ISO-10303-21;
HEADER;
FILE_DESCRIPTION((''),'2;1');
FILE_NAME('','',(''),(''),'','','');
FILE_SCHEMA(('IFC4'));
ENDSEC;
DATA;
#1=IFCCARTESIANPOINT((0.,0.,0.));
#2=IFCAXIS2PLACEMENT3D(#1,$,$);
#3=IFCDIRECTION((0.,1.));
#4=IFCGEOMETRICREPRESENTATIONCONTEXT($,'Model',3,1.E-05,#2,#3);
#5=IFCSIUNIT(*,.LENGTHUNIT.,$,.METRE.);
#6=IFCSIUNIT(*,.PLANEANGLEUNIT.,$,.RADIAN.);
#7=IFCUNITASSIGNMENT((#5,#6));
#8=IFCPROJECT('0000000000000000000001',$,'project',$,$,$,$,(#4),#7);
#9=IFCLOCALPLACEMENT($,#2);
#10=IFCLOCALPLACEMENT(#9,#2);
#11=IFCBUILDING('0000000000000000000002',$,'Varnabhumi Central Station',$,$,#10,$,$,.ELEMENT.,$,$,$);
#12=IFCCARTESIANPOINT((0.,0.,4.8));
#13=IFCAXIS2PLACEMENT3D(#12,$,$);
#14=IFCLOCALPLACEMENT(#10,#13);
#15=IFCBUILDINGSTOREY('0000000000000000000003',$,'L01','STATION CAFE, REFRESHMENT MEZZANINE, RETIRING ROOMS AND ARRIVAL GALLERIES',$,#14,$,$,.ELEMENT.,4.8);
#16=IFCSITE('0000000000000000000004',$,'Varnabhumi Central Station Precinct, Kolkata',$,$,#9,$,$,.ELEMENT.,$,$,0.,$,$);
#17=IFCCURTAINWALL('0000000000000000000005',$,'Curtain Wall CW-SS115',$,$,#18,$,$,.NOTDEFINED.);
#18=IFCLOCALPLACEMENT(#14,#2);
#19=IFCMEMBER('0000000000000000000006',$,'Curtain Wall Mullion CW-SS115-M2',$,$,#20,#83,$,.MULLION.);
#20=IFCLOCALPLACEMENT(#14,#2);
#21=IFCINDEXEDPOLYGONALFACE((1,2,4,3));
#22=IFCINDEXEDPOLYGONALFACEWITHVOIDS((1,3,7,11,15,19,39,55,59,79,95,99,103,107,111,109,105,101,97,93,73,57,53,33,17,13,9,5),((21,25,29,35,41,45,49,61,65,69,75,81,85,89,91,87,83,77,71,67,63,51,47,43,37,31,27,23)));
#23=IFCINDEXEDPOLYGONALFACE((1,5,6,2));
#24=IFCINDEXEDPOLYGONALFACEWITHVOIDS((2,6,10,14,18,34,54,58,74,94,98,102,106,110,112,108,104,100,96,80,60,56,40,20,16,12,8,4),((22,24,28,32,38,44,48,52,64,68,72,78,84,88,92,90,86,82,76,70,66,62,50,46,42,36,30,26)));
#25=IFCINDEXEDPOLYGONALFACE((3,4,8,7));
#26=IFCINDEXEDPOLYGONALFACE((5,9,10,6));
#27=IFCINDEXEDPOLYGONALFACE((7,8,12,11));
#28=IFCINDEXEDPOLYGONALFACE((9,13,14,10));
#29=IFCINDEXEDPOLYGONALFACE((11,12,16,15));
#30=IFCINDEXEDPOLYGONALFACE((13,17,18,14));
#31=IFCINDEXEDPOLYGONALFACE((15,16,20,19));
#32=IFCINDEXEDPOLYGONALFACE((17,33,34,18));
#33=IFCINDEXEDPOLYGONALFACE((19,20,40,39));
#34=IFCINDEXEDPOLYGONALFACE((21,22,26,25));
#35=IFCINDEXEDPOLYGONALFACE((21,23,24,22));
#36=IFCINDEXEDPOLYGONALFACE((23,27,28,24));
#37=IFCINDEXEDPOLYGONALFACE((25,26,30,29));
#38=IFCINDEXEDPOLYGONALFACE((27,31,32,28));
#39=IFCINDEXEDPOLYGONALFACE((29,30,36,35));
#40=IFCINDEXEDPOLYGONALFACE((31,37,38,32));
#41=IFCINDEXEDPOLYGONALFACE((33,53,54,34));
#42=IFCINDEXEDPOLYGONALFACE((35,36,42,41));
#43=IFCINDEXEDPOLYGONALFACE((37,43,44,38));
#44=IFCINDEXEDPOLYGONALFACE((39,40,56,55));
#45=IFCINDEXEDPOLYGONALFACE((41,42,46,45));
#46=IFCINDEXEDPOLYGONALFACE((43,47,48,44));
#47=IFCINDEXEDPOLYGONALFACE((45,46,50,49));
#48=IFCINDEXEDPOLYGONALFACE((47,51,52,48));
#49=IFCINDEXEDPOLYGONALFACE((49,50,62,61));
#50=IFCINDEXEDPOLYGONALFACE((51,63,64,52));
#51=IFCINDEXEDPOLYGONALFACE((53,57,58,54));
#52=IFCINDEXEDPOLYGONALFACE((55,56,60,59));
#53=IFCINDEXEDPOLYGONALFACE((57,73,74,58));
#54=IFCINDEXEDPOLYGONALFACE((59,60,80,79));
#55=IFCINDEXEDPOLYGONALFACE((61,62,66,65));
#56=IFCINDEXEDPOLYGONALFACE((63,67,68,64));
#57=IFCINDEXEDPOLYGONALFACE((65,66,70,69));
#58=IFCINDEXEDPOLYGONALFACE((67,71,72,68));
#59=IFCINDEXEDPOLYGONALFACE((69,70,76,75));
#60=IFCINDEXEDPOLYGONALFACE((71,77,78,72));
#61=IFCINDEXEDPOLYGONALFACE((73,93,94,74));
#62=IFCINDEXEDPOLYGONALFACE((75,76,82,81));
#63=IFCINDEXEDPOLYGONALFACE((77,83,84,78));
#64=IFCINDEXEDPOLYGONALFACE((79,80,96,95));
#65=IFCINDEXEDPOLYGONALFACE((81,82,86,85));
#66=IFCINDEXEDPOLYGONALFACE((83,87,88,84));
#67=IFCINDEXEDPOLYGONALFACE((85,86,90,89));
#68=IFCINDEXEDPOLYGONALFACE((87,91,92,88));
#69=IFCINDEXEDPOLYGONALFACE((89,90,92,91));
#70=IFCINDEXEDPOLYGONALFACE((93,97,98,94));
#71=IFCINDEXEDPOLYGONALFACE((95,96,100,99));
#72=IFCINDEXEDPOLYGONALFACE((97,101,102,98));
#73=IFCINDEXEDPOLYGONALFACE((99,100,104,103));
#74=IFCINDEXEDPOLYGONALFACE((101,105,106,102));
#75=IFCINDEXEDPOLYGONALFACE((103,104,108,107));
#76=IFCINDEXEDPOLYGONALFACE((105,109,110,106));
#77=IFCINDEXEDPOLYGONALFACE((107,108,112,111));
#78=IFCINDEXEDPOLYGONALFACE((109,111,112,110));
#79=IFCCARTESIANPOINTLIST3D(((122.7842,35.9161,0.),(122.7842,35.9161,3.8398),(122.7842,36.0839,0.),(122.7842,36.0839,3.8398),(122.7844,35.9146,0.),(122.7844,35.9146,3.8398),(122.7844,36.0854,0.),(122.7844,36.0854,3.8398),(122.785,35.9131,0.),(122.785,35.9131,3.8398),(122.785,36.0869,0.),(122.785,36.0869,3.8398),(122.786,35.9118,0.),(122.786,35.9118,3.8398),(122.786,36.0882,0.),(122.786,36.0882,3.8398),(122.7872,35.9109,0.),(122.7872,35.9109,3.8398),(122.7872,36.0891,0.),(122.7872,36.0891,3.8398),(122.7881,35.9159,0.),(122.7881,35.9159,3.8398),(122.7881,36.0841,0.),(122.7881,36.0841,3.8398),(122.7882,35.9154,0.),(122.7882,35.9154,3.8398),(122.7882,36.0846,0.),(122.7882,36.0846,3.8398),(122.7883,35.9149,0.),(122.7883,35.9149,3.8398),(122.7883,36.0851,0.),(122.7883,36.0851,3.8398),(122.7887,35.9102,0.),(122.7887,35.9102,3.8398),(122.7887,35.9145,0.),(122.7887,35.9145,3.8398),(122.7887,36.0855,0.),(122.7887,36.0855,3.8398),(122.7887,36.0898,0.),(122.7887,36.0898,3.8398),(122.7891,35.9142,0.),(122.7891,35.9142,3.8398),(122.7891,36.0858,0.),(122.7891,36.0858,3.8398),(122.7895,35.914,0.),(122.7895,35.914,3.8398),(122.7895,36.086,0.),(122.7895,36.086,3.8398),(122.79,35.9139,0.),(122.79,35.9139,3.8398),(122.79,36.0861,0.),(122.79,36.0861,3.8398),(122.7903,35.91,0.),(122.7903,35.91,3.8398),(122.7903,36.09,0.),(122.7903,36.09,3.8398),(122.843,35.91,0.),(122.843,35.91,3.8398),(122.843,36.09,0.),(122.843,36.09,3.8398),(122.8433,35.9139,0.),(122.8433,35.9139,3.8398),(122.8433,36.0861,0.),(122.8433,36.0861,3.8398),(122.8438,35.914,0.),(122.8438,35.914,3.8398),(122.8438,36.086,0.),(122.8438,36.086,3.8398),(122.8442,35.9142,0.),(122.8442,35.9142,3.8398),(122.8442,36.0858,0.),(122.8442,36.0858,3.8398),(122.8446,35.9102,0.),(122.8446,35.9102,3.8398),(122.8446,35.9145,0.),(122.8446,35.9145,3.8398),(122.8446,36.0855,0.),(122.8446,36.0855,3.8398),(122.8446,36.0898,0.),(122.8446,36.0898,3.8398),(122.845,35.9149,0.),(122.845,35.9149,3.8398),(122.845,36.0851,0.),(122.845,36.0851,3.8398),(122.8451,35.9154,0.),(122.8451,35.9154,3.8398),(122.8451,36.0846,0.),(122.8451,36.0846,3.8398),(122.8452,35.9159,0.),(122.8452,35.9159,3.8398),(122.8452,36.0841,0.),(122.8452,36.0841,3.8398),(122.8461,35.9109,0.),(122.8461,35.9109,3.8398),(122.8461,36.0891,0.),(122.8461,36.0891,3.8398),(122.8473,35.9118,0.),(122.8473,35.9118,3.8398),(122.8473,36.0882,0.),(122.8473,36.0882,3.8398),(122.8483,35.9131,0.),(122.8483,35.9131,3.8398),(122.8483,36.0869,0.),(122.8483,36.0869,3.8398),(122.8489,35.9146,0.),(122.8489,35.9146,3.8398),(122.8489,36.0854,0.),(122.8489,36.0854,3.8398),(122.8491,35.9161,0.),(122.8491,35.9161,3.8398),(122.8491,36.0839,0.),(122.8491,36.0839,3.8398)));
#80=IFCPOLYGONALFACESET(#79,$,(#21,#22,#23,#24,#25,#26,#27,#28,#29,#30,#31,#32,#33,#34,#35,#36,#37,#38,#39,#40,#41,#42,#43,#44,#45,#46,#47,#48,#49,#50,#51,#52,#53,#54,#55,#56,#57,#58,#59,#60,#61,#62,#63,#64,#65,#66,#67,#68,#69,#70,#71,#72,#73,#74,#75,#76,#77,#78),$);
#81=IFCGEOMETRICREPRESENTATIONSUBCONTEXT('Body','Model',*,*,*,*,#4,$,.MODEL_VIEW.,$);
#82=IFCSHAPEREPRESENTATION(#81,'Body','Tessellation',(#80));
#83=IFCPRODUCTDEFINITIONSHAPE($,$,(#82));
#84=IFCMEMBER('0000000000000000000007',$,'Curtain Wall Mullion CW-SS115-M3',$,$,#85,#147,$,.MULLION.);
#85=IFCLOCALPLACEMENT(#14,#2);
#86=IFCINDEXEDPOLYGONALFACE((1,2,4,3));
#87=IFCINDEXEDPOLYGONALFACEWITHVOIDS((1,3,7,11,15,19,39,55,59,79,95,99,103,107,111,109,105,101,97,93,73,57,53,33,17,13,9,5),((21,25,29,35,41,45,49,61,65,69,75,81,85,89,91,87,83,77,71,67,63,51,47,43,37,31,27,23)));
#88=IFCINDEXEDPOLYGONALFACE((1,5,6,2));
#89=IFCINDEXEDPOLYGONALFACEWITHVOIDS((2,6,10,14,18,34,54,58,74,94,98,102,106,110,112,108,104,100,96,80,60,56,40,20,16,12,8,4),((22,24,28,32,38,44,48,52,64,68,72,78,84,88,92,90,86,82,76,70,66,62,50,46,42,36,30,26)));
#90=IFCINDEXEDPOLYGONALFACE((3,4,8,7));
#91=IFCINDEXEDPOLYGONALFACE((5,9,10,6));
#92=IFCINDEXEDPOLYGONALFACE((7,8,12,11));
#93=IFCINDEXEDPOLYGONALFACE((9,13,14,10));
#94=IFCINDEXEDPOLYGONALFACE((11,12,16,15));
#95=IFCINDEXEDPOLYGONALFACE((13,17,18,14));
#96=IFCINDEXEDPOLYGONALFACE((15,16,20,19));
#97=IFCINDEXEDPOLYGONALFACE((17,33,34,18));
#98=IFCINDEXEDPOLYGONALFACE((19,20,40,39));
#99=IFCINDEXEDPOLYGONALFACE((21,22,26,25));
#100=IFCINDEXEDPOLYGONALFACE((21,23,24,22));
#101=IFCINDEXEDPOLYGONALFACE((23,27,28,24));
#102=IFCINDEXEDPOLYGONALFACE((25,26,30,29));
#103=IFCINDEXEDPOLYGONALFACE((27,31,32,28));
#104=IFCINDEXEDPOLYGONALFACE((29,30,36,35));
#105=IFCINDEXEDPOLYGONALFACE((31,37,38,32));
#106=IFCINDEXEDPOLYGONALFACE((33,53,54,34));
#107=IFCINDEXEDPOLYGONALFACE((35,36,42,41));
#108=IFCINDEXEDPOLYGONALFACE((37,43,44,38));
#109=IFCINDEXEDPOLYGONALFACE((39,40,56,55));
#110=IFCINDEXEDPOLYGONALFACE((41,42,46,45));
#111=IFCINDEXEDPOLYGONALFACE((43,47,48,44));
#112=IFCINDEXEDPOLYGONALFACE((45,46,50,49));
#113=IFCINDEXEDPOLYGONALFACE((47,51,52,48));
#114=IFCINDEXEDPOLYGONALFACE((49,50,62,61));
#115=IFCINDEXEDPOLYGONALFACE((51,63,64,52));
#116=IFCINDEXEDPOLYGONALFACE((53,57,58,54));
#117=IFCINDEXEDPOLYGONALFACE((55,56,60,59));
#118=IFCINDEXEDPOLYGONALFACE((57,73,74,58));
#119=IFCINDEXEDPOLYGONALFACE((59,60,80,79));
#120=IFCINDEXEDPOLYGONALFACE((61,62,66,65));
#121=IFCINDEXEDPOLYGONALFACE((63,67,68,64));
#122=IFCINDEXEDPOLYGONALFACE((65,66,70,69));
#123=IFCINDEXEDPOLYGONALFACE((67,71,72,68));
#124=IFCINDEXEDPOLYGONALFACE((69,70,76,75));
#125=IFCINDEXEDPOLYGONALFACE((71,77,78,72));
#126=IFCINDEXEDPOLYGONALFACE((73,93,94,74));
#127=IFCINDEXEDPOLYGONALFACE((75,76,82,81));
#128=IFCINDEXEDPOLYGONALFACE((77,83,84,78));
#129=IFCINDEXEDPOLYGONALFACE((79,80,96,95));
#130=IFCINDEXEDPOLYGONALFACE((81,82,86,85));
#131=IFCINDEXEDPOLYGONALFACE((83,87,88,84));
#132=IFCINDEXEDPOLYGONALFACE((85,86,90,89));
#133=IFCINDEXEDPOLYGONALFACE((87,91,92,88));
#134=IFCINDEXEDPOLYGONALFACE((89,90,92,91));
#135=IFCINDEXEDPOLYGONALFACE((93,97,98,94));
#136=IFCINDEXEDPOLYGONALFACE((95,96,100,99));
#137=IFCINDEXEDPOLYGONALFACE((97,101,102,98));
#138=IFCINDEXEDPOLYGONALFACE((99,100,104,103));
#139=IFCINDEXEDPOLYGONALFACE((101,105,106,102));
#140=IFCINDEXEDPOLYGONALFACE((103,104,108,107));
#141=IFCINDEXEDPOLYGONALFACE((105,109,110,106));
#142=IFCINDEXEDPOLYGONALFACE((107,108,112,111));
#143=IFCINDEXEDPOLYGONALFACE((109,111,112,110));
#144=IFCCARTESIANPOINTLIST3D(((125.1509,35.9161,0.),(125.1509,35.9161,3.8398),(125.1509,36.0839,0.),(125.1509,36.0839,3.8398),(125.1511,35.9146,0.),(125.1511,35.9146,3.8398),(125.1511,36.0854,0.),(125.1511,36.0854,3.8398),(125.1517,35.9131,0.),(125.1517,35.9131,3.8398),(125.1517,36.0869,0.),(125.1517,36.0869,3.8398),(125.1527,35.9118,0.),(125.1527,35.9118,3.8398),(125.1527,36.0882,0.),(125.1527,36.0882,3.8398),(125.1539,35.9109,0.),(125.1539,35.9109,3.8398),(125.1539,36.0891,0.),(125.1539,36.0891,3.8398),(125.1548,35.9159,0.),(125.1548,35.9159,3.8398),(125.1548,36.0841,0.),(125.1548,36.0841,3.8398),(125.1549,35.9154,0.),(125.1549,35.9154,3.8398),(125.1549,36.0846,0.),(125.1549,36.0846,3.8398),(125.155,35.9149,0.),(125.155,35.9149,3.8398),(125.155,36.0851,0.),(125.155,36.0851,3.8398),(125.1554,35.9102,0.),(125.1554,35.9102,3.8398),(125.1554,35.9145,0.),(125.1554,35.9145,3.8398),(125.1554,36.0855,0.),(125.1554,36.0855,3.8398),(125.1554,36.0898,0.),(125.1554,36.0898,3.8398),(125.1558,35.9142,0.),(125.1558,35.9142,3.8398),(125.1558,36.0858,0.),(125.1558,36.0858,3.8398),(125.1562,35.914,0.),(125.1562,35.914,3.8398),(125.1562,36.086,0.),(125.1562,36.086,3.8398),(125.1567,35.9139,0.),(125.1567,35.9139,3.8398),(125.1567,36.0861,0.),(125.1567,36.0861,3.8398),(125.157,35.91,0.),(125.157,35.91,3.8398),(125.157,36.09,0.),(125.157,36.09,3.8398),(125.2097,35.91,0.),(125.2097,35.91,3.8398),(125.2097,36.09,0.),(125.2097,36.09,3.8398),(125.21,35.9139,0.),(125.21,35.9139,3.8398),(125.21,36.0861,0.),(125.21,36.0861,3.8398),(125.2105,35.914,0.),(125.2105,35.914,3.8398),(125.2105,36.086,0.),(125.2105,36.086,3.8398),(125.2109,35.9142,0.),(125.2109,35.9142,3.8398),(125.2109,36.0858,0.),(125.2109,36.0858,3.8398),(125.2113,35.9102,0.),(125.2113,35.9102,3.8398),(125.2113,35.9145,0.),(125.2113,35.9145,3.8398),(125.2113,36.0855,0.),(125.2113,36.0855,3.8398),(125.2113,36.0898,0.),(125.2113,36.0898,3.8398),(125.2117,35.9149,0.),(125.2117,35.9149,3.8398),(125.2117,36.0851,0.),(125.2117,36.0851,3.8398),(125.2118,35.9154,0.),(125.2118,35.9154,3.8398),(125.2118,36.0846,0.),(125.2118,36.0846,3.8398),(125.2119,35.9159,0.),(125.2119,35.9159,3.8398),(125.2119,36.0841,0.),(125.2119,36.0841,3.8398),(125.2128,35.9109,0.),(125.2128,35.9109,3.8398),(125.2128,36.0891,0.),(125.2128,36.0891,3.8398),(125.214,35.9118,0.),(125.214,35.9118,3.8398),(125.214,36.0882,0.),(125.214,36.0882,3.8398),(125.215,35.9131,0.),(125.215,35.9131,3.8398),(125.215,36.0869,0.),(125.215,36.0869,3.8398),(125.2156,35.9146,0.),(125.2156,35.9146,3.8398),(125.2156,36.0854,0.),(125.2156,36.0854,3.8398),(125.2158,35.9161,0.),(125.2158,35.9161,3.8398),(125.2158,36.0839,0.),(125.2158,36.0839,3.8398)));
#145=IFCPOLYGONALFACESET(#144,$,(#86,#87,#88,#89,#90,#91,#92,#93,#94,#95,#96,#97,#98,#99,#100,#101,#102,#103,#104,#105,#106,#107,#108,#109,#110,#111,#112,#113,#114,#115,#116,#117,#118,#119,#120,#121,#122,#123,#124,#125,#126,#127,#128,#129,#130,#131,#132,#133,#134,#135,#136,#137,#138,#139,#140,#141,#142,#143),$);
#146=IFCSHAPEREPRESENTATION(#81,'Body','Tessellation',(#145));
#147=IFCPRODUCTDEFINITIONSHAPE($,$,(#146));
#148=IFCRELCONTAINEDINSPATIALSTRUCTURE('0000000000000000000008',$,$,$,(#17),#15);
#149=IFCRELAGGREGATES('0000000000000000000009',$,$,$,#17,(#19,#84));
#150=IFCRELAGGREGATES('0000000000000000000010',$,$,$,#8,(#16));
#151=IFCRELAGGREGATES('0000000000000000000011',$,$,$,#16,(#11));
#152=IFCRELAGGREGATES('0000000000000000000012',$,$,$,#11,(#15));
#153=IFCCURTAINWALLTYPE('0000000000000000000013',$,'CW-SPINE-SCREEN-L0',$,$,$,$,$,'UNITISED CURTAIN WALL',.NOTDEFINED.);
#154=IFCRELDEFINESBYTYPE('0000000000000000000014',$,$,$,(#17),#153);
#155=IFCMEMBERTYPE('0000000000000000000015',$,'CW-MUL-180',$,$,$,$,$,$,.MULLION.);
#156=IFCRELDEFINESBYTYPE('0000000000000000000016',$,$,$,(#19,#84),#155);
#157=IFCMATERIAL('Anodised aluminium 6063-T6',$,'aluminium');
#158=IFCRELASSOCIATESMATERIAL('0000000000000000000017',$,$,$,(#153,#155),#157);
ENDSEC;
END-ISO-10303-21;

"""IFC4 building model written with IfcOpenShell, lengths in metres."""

from ifc_helpers import new_model, si_unit, direction, frame, origin, origin_2d, place, context, subcontext, project, spatial, hollow_rectangle, extrude, material, material_profile, profile_set, type_object, element, aggregate, save


model = new_model("IFC4")

# Units and contexts
model_context = context("Model", 3, precision=1e-05, world=origin(), true_north=direction((0.0, 1.0)))
body_context = subcontext(model_context, "Body", "Model", "MODEL_VIEW")
ifc_project = project(units=[si_unit("LENGTHUNIT", "METRE"), si_unit("PLANEANGLEUNIT", "RADIAN")], contexts=[model_context])

# Site, building, storey
site_placement = place(None, origin())
site = spatial("IfcSite", under=ifc_project, at=site_placement, Name="Varnabhumi Central Station Precinct, Kolkata", CompositionType="ELEMENT", RefElevation=0.0)
building_placement = place(site_placement, origin())
building = spatial("IfcBuilding", under=site, at=building_placement, Name="Varnabhumi Central Station", CompositionType="ELEMENT")
storey_placement = place(building_placement, frame((0.0, 0.0, 4.8)))
storey = spatial("IfcBuildingStorey", under=building, at=storey_placement, Name="L01", Description="STATION CAFE, REFRESHMENT MEZZANINE, RETIRING ROOMS AND ARRIVAL GALLERIES", CompositionType="ELEMENT", Elevation=4.8)

# Curtain wall, members
ifc_material_1 = material(Name="Anodised aluminium 6063-T6", Category="aluminium")
curtain_wall_type_1 = type_object("IfcCurtainWallType", Name="CW-SPINE-SCREEN-L0", ElementType="UNITISED CURTAIN WALL", PredefinedType="NOTDEFINED", material=ifc_material_1)
curtain_wall_1_placement = place(storey_placement, origin())
curtain_wall_1 = element("IfcCurtainWall", 1, at=curtain_wall_1_placement, inside=storey, type_object=curtain_wall_type_1, Name="Curtain Wall CW-SS115", PredefinedType="NOTDEFINED")
ifc_material_profile_1 = material_profile(ifc_material_1, hollow_rectangle(XDim=0.0649, YDim=0.1799, WallThickness=0.0039, InnerFilletRadius=0.002, OuterFilletRadius=0.0061, at=origin_2d()), Name="Anodised aluminium 6063-T6", Category="aluminium")
ifc_profile_set_1 = profile_set([ifc_material_profile_1], Name="Anodised aluminium 6063-T6")
member_type_1 = type_object("IfcMemberType", Name="CW-MUL-180", PredefinedType="MULLION", material=ifc_profile_set_1)
member_1_placement = place(storey_placement, frame((122.8167, 36.0, 0.0), z_axis=(0.0, 0.0, 1.0), x_axis=(1.0, 0.0, 0.0)))
member_1 = element("IfcMember", 2, at=member_1_placement, type_object=member_type_1, Name="Curtain Wall Mullion CW-SS115-M2", PredefinedType="MULLION", context=body_context, shape_type="SweptSolid", body=[
    extrude(hollow_rectangle(XDim=0.0649, YDim=0.1799, WallThickness=0.0039, InnerFilletRadius=0.002, OuterFilletRadius=0.0061, at=origin_2d()), origin(), (0.0, 0.0, 1.0), 3.8398),
])
member_2_placement = place(storey_placement, frame((125.1833, 36.0, 0.0), z_axis=(0.0, 0.0, 1.0), x_axis=(1.0, 0.0, 0.0)))
member_2 = element("IfcMember", 3, at=member_2_placement, type_object=member_type_1, Name="Curtain Wall Mullion CW-SS115-M3", PredefinedType="MULLION", context=body_context, shape_type="SweptSolid", body=[
    extrude(hollow_rectangle(XDim=0.0649, YDim=0.1799, WallThickness=0.0039, InnerFilletRadius=0.002, OuterFilletRadius=0.0061, at=origin_2d()), origin(), (0.0, 0.0, 1.0), 3.8398),
])

aggregate(curtain_wall_1, [member_1, member_2])

save(model, "model.ifc")
